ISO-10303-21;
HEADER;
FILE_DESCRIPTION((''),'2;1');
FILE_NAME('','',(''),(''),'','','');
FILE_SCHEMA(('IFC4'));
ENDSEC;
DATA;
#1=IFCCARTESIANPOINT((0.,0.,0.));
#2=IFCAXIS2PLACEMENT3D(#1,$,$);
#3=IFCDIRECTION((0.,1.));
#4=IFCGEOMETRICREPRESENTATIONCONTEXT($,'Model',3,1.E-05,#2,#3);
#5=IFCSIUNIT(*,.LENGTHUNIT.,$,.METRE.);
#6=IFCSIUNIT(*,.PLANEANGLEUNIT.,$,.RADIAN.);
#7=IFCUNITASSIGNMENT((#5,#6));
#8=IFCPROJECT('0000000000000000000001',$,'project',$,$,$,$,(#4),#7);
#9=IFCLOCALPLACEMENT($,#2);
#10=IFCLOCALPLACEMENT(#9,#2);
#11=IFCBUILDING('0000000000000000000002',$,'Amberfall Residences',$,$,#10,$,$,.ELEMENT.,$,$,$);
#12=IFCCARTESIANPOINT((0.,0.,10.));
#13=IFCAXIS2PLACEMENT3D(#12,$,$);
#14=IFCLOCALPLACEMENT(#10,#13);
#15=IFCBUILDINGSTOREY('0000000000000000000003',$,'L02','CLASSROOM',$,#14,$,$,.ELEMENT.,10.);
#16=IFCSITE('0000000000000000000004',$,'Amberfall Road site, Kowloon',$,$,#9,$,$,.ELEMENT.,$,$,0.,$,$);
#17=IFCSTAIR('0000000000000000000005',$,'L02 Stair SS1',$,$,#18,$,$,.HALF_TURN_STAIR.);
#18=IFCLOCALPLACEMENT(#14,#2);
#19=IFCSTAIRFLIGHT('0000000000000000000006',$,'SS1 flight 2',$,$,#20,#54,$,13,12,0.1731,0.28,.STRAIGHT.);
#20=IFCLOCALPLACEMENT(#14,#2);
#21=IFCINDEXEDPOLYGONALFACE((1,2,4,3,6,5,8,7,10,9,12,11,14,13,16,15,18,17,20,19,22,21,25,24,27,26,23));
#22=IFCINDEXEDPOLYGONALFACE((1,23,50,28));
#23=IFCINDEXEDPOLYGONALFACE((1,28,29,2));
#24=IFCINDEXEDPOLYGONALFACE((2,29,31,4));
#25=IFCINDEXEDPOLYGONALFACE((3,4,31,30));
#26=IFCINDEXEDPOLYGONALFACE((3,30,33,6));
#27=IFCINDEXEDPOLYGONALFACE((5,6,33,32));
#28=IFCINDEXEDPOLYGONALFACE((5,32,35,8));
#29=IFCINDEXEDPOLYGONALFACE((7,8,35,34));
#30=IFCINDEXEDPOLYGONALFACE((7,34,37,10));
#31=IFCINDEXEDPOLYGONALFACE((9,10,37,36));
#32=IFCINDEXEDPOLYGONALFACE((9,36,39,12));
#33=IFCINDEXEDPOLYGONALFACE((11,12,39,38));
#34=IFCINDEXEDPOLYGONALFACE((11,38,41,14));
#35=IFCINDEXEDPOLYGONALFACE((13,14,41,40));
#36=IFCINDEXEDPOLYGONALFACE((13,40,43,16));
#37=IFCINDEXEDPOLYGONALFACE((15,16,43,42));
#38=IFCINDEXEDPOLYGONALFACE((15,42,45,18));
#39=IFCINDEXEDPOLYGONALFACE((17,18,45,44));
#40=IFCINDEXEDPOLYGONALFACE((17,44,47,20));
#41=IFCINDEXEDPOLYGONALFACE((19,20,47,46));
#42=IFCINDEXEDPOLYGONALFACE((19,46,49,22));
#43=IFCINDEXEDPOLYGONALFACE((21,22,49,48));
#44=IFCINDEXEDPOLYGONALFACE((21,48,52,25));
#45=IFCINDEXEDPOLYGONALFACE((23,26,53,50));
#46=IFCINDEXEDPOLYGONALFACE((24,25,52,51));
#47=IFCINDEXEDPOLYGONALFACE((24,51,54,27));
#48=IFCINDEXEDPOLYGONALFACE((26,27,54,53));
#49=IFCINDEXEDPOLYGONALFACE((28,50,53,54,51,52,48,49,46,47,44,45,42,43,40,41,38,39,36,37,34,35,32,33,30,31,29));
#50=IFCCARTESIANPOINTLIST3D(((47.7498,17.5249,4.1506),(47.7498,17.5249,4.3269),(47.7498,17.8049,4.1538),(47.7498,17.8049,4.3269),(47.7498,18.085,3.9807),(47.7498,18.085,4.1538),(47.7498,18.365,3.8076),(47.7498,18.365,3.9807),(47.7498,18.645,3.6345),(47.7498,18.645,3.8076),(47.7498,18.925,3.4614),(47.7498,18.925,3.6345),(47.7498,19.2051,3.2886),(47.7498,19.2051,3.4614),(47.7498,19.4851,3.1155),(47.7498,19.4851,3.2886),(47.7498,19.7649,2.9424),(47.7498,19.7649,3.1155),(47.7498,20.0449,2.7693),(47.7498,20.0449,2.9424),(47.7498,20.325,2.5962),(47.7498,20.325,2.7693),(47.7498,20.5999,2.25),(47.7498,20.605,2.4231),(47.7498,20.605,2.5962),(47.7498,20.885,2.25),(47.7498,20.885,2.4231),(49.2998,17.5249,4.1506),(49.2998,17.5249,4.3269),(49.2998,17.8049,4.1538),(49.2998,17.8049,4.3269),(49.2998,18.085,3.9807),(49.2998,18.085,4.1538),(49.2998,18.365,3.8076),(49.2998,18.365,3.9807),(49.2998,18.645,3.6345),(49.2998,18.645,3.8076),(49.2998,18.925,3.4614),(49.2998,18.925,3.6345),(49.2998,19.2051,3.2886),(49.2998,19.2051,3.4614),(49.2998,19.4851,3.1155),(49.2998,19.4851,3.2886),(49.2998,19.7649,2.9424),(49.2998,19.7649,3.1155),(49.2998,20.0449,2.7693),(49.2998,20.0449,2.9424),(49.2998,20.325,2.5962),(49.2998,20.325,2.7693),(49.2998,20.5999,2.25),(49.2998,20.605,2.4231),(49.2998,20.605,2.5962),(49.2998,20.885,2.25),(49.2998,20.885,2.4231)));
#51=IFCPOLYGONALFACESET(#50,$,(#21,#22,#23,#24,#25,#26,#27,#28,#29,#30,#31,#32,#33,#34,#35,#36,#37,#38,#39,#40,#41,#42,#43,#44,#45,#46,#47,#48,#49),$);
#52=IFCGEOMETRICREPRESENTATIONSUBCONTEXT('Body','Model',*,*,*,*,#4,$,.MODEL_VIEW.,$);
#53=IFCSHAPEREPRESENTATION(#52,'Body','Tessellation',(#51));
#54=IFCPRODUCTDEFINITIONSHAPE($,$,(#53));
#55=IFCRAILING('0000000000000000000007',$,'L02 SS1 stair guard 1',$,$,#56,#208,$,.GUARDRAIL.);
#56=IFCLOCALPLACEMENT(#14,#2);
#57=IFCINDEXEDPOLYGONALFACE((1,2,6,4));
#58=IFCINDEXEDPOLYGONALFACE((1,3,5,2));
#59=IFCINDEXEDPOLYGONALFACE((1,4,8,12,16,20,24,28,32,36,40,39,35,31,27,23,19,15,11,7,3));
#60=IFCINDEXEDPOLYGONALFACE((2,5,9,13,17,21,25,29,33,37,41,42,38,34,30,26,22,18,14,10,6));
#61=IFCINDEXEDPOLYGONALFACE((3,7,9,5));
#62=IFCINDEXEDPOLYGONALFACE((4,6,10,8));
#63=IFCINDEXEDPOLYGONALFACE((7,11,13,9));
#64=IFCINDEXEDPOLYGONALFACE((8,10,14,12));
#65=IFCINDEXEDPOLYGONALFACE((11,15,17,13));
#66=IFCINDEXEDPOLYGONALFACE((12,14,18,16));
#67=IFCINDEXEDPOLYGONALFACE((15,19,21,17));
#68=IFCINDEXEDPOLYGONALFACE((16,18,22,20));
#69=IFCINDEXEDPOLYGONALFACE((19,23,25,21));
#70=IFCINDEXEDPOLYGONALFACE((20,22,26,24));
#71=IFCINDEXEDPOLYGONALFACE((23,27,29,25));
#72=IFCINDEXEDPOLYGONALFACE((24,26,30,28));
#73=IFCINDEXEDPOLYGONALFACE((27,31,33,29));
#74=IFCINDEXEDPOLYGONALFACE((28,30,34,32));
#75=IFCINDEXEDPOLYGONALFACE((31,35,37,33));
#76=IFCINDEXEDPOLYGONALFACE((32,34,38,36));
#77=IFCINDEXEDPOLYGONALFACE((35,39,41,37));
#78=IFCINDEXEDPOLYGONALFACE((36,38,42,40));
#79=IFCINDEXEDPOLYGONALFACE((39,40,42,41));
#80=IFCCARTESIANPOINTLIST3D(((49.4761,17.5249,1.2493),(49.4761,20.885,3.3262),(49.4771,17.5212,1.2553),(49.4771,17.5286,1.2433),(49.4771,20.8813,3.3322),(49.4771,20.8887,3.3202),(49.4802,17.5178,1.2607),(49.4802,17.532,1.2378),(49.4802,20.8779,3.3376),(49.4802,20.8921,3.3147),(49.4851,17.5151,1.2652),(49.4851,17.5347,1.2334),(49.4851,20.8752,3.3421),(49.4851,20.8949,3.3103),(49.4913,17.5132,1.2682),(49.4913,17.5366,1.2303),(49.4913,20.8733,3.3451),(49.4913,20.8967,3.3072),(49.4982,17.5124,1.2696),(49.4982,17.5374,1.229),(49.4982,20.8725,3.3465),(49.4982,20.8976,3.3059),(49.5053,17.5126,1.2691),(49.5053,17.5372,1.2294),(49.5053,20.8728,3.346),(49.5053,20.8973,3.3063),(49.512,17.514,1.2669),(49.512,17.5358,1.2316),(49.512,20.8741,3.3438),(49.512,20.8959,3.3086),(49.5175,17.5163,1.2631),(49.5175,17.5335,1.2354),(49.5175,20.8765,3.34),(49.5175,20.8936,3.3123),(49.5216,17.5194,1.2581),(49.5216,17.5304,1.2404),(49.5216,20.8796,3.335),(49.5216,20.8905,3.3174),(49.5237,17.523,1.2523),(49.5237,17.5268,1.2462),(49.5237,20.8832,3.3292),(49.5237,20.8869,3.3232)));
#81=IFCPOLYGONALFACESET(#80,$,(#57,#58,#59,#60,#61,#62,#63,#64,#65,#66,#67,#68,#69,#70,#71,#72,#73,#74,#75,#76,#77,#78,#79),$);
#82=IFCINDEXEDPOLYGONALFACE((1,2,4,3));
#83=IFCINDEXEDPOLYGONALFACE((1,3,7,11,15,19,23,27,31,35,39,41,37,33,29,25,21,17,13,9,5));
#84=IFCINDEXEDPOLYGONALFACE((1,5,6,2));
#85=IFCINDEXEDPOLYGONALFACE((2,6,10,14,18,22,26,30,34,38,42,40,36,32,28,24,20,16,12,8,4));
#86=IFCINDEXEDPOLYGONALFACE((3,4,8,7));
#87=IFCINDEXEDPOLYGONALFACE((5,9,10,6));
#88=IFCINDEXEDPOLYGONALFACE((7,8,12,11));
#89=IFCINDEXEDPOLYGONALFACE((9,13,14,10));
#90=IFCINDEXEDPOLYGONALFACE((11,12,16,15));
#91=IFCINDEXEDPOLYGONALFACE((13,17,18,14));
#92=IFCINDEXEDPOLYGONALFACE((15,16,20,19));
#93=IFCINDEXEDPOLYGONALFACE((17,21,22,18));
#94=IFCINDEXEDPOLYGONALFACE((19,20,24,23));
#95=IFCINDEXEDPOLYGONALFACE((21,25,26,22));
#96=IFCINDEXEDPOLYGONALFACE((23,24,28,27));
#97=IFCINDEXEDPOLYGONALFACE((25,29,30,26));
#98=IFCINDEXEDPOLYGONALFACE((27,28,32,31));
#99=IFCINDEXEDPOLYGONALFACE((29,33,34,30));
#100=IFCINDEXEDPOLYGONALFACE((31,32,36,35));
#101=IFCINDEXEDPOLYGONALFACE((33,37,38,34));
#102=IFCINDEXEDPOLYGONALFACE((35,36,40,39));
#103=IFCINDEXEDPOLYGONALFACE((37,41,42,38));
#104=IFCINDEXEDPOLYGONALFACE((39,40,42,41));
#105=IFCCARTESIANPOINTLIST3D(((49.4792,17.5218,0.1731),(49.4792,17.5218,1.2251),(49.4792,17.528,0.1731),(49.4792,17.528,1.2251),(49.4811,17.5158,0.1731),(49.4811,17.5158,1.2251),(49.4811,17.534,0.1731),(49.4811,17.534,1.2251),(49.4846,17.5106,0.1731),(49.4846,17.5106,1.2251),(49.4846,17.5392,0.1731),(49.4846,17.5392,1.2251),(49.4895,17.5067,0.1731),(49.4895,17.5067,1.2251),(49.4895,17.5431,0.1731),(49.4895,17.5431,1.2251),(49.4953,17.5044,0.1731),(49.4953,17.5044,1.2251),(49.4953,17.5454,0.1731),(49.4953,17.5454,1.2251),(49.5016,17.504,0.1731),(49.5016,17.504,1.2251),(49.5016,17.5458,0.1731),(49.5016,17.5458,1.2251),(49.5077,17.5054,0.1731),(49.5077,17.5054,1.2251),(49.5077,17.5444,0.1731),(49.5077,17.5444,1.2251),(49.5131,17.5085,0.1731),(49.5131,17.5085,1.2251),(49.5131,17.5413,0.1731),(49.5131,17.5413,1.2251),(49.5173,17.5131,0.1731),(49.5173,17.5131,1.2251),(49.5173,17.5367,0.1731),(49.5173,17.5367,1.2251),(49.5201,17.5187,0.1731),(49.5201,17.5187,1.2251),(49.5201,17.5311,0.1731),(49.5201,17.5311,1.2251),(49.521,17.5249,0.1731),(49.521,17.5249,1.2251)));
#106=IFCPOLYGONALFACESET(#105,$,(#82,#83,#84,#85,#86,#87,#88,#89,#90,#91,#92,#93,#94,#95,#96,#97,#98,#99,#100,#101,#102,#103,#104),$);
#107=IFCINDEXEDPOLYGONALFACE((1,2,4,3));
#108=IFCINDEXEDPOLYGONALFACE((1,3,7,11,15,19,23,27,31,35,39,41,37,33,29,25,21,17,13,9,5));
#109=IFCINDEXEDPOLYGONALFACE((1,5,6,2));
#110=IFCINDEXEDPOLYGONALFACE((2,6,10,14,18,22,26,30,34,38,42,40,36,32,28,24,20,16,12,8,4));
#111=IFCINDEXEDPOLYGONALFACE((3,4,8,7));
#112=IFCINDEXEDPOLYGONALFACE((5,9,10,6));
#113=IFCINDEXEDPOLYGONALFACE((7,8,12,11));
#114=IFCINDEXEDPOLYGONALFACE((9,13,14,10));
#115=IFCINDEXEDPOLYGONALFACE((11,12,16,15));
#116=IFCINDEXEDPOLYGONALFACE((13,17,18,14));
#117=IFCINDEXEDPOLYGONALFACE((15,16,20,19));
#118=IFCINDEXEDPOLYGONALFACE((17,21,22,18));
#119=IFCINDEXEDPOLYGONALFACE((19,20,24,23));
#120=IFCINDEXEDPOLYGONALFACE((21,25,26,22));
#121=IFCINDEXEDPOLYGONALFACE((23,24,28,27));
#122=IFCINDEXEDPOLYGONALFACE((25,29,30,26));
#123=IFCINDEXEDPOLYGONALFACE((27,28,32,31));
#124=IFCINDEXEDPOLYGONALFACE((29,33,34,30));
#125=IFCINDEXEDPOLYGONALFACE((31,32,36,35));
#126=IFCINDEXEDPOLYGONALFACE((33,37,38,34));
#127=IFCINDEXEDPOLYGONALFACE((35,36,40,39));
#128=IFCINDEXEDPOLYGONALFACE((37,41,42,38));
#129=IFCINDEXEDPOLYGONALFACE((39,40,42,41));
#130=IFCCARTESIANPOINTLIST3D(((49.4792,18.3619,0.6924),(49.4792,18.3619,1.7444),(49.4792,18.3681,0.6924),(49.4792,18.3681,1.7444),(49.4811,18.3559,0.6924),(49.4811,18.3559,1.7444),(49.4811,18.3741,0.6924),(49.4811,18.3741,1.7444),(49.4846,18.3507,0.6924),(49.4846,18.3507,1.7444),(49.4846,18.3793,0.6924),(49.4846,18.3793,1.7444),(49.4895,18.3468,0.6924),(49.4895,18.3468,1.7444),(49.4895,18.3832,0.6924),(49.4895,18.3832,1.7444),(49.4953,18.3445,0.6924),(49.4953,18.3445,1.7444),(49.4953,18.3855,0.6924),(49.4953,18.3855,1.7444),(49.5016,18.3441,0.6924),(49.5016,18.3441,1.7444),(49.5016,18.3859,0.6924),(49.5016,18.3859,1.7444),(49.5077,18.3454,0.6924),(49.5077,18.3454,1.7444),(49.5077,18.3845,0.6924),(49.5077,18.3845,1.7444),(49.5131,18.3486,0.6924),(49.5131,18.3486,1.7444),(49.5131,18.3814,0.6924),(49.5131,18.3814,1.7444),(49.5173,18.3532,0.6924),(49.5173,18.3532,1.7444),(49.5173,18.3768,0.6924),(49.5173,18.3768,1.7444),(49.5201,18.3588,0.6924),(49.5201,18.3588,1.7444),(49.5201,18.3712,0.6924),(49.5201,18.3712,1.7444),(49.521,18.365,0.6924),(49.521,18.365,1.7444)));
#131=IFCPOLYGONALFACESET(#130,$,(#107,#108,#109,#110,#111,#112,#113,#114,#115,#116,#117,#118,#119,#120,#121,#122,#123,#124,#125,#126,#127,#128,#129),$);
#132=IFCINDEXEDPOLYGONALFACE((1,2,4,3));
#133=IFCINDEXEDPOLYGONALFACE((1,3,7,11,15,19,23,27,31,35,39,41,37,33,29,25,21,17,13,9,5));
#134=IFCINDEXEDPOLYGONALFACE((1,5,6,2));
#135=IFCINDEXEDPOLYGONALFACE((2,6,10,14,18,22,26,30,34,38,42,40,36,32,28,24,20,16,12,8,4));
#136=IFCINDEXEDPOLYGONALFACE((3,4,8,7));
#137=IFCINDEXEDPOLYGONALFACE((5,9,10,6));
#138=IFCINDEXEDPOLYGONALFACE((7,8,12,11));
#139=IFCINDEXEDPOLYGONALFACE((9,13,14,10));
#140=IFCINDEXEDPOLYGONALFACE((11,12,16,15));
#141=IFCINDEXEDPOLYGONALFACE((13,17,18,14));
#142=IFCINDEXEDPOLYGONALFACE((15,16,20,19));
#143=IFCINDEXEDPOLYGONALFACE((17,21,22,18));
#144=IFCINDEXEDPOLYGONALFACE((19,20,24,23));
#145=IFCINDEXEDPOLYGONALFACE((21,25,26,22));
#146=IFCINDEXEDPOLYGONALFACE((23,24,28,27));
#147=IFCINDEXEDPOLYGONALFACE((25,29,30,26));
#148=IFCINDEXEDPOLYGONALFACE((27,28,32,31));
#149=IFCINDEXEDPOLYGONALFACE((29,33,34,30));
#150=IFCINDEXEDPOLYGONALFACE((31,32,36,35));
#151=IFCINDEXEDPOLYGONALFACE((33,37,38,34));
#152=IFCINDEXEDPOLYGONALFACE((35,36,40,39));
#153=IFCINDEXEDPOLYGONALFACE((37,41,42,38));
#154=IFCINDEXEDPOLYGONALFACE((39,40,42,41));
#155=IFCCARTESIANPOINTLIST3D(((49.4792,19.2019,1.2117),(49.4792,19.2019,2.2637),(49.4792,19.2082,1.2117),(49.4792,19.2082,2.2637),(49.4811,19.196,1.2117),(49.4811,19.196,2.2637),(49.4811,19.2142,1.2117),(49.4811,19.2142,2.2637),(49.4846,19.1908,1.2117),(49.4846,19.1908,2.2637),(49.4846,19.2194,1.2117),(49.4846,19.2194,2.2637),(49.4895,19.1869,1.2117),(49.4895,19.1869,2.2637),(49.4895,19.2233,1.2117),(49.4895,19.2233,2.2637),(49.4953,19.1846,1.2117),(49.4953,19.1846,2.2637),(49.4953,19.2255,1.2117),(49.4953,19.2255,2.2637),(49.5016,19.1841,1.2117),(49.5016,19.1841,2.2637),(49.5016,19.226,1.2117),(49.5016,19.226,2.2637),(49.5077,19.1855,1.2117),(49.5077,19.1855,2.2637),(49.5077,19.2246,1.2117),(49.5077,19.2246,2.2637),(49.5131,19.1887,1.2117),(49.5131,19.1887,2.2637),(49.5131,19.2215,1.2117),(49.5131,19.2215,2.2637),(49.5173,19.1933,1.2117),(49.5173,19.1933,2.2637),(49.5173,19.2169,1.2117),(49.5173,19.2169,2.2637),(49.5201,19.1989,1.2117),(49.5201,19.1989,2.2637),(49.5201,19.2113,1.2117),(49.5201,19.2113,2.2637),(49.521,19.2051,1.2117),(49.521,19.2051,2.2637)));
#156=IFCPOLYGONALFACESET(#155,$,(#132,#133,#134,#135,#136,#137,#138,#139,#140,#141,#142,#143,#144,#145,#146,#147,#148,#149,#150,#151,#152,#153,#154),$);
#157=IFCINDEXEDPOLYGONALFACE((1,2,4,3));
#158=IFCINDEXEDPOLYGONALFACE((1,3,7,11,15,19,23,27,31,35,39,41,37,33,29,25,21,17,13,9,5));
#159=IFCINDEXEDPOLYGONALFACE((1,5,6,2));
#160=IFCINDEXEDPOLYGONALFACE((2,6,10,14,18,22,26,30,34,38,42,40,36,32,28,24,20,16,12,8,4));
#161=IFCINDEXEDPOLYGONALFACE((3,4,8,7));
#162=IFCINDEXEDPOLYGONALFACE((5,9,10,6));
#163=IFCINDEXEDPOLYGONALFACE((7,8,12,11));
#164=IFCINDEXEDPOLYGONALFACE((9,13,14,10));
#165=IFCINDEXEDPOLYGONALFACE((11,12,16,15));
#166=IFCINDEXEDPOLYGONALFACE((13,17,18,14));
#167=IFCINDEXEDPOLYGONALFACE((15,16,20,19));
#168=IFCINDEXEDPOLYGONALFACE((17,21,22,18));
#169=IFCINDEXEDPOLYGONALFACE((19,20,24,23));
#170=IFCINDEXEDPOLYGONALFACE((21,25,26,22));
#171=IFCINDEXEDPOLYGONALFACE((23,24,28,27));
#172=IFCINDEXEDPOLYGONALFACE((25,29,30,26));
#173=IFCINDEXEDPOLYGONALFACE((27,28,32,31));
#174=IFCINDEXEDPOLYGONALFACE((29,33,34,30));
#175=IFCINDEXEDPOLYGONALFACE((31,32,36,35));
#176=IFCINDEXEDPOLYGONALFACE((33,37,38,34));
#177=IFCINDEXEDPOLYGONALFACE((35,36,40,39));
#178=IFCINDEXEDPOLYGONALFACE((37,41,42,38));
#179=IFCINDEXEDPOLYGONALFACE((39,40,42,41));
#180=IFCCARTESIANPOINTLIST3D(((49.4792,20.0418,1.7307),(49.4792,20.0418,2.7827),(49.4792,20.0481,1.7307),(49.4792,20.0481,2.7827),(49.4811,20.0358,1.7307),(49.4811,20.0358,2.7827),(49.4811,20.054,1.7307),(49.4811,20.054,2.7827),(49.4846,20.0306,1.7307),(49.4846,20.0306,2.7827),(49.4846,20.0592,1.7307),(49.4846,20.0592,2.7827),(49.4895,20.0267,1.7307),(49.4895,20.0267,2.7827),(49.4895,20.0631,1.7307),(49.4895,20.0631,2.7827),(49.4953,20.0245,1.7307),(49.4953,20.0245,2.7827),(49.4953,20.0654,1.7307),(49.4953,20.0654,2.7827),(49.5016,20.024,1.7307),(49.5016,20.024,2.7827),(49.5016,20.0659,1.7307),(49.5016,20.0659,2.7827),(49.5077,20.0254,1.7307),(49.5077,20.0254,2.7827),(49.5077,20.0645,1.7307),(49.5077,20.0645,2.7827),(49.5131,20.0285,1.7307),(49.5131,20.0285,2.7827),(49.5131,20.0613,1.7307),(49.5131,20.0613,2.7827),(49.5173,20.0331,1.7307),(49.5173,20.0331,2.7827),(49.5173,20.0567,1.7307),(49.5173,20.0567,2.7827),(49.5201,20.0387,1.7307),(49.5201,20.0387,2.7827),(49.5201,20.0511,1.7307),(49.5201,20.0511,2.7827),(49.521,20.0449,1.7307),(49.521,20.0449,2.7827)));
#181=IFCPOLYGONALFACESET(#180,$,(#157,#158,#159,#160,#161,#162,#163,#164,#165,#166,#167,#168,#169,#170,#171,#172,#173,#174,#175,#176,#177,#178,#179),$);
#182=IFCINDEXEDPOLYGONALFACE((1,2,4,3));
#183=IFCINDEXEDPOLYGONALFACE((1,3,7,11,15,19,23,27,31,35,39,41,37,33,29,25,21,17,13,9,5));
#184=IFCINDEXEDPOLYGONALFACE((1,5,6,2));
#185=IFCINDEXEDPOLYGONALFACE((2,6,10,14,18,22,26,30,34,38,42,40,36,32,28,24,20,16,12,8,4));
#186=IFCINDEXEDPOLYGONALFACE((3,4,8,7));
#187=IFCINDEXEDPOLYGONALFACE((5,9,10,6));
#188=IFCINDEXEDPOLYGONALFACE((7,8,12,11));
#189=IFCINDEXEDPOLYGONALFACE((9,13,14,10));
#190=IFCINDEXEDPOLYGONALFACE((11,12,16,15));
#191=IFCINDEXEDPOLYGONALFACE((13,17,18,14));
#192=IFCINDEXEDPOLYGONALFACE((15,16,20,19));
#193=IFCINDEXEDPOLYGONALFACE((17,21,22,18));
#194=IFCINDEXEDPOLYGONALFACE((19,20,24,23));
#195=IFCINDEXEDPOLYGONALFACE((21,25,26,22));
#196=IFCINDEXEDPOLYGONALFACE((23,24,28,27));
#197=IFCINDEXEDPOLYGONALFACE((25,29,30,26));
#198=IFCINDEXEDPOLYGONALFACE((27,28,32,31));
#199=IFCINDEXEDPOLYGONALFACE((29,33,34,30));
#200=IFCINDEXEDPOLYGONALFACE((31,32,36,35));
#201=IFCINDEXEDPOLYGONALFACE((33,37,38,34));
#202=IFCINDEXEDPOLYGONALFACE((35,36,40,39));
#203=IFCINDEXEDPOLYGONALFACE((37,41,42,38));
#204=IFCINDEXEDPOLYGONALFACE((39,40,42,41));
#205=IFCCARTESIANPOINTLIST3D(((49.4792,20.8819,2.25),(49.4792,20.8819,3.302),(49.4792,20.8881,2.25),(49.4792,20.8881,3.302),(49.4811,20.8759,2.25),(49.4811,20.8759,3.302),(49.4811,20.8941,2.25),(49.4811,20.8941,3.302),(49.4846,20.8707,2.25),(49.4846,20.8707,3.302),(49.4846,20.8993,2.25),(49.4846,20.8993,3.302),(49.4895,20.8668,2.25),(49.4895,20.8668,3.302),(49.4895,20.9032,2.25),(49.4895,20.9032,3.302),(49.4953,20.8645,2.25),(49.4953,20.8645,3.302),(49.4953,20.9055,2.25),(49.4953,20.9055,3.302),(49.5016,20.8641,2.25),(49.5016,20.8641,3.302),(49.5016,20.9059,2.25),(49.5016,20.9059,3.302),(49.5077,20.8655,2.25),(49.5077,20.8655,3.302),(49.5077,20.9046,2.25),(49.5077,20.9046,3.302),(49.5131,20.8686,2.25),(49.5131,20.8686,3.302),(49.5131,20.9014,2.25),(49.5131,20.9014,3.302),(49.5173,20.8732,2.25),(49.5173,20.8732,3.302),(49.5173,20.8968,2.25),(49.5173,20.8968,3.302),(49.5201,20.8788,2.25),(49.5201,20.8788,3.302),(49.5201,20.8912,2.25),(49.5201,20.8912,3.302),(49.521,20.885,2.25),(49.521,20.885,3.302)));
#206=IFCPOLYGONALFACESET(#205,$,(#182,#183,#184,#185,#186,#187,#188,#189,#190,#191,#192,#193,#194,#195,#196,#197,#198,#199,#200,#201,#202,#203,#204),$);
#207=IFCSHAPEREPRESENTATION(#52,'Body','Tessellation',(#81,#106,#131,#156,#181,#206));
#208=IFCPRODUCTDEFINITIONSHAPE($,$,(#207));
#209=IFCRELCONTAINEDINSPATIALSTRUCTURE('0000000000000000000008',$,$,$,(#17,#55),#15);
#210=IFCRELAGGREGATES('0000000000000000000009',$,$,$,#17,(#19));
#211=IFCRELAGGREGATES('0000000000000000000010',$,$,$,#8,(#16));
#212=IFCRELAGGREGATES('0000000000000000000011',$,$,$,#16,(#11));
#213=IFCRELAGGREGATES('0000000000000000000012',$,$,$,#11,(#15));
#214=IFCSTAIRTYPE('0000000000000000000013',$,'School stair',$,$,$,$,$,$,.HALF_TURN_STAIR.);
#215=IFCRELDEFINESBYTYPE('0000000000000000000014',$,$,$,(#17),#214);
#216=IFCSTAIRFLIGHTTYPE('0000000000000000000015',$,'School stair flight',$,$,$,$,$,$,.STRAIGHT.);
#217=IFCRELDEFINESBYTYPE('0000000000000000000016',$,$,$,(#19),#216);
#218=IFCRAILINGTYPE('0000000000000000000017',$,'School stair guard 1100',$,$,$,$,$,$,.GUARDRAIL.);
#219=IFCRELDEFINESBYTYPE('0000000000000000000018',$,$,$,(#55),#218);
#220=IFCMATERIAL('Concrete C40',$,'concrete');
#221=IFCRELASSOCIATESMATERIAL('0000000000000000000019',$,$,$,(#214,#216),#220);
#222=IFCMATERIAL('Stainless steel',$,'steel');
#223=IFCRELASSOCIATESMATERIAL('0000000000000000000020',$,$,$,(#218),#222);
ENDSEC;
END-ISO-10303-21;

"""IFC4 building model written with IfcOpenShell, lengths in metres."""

from ifc_helpers import new_model, si_unit, direction, frame, origin, origin_2d, place, context, subcontext, project, spatial, polyline, circle, outline, extrude, material, type_object, element, aggregate, save


model = new_model("IFC4")

# Units and contexts
model_context = context("Model", 3, precision=1e-05, world=origin(), true_north=direction((0.0, 1.0)))
body_context = subcontext(model_context, "Body", "Model", "MODEL_VIEW")
ifc_project = project(units=[si_unit("LENGTHUNIT", "METRE"), si_unit("PLANEANGLEUNIT", "RADIAN")], contexts=[model_context])

# Site, building, storey
site_placement = place(None, origin())
site = spatial("IfcSite", under=ifc_project, at=site_placement, Name="Amberfall Road site, Kowloon", CompositionType="ELEMENT", RefElevation=0.0)
building_placement = place(site_placement, origin())
building = spatial("IfcBuilding", under=site, at=building_placement, Name="Amberfall Residences", CompositionType="ELEMENT")
storey_placement = place(building_placement, frame((0.0, 0.0, 10.0)))
storey = spatial("IfcBuildingStorey", under=building, at=storey_placement, Name="L02", Description="CLASSROOM", CompositionType="ELEMENT", Elevation=10.0)

# Shared definitions
ifc_material_1 = material(Name="Concrete C40", Category="concrete")

# Stair, stair flight
stair_type = type_object("IfcStairType", Name="School stair", PredefinedType="HALF_TURN_STAIR", material=ifc_material_1)
stair_placement = place(storey_placement, origin())
stair = element("IfcStair", 1, at=stair_placement, inside=storey, type_object=stair_type, Name="L02 Stair SS1", PredefinedType="HALF_TURN_STAIR")
stair_flight_type = type_object("IfcStairFlightType", Name="School stair flight", PredefinedType="STRAIGHT", material=ifc_material_1)
stair_flight_1_placement = place(storey_placement, frame((48.5249, 20.885, 2.25), z_axis=(0.0, 0.0, 1.0), x_axis=(0.0, -1.0, 0.0)))
stair_flight_1 = element("IfcStairFlight", 2, at=stair_flight_1_placement, type_object=stair_flight_type, Name="SS1 flight 2", NumberOfRisers=13, NumberOfTreads=12, PredefinedType="STRAIGHT", RiserHeight=0.1731, TreadLength=0.28, context=body_context, shape_type="SweptSolid", body=[
    extrude(outline(polyline([(0.0, 0.0), (0.0, 0.1731), (0.28, 0.1731), (0.28, 0.3462), (0.5601, 0.3462), (0.5601, 0.5193), (0.8401, 0.5193), (0.8401, 0.6924), (1.1201, 0.6924), (1.1201, 0.8655), (1.3999, 0.8655), (1.3999, 1.0386), (1.6799, 1.0386), (1.6799, 1.2114), (1.96, 1.2114), (1.96, 1.3845), (2.24, 1.3845), (2.24, 1.5576), (2.52, 1.5576), (2.52, 1.7307), (2.8, 1.7307), (2.8, 1.9038), (3.0801, 1.9038), (3.0801, 2.0769), (3.3601, 2.0769), (3.3601, 2.25), (3.3601, 1.9006), (0.2852, 0.0), (0.0, 0.0)])), frame((0.0, 0.7749, 0.0), z_axis=(0.0, -1.0, 0.0), x_axis=(1.0, 0.0, 0.0)), (0.0, 0.0, 1.0), 1.55),
])
aggregate(stair, [stair_flight_1])

# Railing
ifc_material_2 = material(Name="Stainless steel", Category="steel")
railing_type_1 = type_object("IfcRailingType", Name="School stair guard 1100", PredefinedType="GUARDRAIL", material=ifc_material_2)
railing_1_placement = place(storey_placement, frame((49.5, 17.5249, 0.1731)))
element("IfcRailing", 3, at=railing_1_placement, inside=storey, type_object=railing_type_1, Name="L02 SS1 stair guard 1", PredefinedType="GUARDRAIL", context=body_context, shape_type="SweptSolid", body=[
    extrude(circle(Radius=0.0239, at=origin_2d()), frame((0.0, 0.0, 1.0762), z_axis=(0.0, 0.850623, 0.525776), x_axis=(-1.0, 0.0, 0.0)), (0.0, 0.0, 1.0), 3.9502),
    extrude(circle(Radius=0.021, at=origin_2d()), origin(), (0.0, 0.0, 1.0), 1.052),
    extrude(circle(Radius=0.021, at=origin_2d()), frame((0.0, 0.8401, 0.5193)), (0.0, 0.0, 1.0), 1.052),
    extrude(circle(Radius=0.021, at=origin_2d()), frame((0.0, 1.6802, 1.0386)), (0.0, 0.0, 1.0), 1.052),
    extrude(circle(Radius=0.021, at=origin_2d()), frame((0.0, 2.52, 1.5576)), (0.0, 0.0, 1.0), 1.052),
    extrude(circle(Radius=0.021, at=origin_2d()), frame((0.0, 3.3601, 2.0769)), (0.0, 0.0, 1.0), 1.052),
])

save(model, "model.ifc")
